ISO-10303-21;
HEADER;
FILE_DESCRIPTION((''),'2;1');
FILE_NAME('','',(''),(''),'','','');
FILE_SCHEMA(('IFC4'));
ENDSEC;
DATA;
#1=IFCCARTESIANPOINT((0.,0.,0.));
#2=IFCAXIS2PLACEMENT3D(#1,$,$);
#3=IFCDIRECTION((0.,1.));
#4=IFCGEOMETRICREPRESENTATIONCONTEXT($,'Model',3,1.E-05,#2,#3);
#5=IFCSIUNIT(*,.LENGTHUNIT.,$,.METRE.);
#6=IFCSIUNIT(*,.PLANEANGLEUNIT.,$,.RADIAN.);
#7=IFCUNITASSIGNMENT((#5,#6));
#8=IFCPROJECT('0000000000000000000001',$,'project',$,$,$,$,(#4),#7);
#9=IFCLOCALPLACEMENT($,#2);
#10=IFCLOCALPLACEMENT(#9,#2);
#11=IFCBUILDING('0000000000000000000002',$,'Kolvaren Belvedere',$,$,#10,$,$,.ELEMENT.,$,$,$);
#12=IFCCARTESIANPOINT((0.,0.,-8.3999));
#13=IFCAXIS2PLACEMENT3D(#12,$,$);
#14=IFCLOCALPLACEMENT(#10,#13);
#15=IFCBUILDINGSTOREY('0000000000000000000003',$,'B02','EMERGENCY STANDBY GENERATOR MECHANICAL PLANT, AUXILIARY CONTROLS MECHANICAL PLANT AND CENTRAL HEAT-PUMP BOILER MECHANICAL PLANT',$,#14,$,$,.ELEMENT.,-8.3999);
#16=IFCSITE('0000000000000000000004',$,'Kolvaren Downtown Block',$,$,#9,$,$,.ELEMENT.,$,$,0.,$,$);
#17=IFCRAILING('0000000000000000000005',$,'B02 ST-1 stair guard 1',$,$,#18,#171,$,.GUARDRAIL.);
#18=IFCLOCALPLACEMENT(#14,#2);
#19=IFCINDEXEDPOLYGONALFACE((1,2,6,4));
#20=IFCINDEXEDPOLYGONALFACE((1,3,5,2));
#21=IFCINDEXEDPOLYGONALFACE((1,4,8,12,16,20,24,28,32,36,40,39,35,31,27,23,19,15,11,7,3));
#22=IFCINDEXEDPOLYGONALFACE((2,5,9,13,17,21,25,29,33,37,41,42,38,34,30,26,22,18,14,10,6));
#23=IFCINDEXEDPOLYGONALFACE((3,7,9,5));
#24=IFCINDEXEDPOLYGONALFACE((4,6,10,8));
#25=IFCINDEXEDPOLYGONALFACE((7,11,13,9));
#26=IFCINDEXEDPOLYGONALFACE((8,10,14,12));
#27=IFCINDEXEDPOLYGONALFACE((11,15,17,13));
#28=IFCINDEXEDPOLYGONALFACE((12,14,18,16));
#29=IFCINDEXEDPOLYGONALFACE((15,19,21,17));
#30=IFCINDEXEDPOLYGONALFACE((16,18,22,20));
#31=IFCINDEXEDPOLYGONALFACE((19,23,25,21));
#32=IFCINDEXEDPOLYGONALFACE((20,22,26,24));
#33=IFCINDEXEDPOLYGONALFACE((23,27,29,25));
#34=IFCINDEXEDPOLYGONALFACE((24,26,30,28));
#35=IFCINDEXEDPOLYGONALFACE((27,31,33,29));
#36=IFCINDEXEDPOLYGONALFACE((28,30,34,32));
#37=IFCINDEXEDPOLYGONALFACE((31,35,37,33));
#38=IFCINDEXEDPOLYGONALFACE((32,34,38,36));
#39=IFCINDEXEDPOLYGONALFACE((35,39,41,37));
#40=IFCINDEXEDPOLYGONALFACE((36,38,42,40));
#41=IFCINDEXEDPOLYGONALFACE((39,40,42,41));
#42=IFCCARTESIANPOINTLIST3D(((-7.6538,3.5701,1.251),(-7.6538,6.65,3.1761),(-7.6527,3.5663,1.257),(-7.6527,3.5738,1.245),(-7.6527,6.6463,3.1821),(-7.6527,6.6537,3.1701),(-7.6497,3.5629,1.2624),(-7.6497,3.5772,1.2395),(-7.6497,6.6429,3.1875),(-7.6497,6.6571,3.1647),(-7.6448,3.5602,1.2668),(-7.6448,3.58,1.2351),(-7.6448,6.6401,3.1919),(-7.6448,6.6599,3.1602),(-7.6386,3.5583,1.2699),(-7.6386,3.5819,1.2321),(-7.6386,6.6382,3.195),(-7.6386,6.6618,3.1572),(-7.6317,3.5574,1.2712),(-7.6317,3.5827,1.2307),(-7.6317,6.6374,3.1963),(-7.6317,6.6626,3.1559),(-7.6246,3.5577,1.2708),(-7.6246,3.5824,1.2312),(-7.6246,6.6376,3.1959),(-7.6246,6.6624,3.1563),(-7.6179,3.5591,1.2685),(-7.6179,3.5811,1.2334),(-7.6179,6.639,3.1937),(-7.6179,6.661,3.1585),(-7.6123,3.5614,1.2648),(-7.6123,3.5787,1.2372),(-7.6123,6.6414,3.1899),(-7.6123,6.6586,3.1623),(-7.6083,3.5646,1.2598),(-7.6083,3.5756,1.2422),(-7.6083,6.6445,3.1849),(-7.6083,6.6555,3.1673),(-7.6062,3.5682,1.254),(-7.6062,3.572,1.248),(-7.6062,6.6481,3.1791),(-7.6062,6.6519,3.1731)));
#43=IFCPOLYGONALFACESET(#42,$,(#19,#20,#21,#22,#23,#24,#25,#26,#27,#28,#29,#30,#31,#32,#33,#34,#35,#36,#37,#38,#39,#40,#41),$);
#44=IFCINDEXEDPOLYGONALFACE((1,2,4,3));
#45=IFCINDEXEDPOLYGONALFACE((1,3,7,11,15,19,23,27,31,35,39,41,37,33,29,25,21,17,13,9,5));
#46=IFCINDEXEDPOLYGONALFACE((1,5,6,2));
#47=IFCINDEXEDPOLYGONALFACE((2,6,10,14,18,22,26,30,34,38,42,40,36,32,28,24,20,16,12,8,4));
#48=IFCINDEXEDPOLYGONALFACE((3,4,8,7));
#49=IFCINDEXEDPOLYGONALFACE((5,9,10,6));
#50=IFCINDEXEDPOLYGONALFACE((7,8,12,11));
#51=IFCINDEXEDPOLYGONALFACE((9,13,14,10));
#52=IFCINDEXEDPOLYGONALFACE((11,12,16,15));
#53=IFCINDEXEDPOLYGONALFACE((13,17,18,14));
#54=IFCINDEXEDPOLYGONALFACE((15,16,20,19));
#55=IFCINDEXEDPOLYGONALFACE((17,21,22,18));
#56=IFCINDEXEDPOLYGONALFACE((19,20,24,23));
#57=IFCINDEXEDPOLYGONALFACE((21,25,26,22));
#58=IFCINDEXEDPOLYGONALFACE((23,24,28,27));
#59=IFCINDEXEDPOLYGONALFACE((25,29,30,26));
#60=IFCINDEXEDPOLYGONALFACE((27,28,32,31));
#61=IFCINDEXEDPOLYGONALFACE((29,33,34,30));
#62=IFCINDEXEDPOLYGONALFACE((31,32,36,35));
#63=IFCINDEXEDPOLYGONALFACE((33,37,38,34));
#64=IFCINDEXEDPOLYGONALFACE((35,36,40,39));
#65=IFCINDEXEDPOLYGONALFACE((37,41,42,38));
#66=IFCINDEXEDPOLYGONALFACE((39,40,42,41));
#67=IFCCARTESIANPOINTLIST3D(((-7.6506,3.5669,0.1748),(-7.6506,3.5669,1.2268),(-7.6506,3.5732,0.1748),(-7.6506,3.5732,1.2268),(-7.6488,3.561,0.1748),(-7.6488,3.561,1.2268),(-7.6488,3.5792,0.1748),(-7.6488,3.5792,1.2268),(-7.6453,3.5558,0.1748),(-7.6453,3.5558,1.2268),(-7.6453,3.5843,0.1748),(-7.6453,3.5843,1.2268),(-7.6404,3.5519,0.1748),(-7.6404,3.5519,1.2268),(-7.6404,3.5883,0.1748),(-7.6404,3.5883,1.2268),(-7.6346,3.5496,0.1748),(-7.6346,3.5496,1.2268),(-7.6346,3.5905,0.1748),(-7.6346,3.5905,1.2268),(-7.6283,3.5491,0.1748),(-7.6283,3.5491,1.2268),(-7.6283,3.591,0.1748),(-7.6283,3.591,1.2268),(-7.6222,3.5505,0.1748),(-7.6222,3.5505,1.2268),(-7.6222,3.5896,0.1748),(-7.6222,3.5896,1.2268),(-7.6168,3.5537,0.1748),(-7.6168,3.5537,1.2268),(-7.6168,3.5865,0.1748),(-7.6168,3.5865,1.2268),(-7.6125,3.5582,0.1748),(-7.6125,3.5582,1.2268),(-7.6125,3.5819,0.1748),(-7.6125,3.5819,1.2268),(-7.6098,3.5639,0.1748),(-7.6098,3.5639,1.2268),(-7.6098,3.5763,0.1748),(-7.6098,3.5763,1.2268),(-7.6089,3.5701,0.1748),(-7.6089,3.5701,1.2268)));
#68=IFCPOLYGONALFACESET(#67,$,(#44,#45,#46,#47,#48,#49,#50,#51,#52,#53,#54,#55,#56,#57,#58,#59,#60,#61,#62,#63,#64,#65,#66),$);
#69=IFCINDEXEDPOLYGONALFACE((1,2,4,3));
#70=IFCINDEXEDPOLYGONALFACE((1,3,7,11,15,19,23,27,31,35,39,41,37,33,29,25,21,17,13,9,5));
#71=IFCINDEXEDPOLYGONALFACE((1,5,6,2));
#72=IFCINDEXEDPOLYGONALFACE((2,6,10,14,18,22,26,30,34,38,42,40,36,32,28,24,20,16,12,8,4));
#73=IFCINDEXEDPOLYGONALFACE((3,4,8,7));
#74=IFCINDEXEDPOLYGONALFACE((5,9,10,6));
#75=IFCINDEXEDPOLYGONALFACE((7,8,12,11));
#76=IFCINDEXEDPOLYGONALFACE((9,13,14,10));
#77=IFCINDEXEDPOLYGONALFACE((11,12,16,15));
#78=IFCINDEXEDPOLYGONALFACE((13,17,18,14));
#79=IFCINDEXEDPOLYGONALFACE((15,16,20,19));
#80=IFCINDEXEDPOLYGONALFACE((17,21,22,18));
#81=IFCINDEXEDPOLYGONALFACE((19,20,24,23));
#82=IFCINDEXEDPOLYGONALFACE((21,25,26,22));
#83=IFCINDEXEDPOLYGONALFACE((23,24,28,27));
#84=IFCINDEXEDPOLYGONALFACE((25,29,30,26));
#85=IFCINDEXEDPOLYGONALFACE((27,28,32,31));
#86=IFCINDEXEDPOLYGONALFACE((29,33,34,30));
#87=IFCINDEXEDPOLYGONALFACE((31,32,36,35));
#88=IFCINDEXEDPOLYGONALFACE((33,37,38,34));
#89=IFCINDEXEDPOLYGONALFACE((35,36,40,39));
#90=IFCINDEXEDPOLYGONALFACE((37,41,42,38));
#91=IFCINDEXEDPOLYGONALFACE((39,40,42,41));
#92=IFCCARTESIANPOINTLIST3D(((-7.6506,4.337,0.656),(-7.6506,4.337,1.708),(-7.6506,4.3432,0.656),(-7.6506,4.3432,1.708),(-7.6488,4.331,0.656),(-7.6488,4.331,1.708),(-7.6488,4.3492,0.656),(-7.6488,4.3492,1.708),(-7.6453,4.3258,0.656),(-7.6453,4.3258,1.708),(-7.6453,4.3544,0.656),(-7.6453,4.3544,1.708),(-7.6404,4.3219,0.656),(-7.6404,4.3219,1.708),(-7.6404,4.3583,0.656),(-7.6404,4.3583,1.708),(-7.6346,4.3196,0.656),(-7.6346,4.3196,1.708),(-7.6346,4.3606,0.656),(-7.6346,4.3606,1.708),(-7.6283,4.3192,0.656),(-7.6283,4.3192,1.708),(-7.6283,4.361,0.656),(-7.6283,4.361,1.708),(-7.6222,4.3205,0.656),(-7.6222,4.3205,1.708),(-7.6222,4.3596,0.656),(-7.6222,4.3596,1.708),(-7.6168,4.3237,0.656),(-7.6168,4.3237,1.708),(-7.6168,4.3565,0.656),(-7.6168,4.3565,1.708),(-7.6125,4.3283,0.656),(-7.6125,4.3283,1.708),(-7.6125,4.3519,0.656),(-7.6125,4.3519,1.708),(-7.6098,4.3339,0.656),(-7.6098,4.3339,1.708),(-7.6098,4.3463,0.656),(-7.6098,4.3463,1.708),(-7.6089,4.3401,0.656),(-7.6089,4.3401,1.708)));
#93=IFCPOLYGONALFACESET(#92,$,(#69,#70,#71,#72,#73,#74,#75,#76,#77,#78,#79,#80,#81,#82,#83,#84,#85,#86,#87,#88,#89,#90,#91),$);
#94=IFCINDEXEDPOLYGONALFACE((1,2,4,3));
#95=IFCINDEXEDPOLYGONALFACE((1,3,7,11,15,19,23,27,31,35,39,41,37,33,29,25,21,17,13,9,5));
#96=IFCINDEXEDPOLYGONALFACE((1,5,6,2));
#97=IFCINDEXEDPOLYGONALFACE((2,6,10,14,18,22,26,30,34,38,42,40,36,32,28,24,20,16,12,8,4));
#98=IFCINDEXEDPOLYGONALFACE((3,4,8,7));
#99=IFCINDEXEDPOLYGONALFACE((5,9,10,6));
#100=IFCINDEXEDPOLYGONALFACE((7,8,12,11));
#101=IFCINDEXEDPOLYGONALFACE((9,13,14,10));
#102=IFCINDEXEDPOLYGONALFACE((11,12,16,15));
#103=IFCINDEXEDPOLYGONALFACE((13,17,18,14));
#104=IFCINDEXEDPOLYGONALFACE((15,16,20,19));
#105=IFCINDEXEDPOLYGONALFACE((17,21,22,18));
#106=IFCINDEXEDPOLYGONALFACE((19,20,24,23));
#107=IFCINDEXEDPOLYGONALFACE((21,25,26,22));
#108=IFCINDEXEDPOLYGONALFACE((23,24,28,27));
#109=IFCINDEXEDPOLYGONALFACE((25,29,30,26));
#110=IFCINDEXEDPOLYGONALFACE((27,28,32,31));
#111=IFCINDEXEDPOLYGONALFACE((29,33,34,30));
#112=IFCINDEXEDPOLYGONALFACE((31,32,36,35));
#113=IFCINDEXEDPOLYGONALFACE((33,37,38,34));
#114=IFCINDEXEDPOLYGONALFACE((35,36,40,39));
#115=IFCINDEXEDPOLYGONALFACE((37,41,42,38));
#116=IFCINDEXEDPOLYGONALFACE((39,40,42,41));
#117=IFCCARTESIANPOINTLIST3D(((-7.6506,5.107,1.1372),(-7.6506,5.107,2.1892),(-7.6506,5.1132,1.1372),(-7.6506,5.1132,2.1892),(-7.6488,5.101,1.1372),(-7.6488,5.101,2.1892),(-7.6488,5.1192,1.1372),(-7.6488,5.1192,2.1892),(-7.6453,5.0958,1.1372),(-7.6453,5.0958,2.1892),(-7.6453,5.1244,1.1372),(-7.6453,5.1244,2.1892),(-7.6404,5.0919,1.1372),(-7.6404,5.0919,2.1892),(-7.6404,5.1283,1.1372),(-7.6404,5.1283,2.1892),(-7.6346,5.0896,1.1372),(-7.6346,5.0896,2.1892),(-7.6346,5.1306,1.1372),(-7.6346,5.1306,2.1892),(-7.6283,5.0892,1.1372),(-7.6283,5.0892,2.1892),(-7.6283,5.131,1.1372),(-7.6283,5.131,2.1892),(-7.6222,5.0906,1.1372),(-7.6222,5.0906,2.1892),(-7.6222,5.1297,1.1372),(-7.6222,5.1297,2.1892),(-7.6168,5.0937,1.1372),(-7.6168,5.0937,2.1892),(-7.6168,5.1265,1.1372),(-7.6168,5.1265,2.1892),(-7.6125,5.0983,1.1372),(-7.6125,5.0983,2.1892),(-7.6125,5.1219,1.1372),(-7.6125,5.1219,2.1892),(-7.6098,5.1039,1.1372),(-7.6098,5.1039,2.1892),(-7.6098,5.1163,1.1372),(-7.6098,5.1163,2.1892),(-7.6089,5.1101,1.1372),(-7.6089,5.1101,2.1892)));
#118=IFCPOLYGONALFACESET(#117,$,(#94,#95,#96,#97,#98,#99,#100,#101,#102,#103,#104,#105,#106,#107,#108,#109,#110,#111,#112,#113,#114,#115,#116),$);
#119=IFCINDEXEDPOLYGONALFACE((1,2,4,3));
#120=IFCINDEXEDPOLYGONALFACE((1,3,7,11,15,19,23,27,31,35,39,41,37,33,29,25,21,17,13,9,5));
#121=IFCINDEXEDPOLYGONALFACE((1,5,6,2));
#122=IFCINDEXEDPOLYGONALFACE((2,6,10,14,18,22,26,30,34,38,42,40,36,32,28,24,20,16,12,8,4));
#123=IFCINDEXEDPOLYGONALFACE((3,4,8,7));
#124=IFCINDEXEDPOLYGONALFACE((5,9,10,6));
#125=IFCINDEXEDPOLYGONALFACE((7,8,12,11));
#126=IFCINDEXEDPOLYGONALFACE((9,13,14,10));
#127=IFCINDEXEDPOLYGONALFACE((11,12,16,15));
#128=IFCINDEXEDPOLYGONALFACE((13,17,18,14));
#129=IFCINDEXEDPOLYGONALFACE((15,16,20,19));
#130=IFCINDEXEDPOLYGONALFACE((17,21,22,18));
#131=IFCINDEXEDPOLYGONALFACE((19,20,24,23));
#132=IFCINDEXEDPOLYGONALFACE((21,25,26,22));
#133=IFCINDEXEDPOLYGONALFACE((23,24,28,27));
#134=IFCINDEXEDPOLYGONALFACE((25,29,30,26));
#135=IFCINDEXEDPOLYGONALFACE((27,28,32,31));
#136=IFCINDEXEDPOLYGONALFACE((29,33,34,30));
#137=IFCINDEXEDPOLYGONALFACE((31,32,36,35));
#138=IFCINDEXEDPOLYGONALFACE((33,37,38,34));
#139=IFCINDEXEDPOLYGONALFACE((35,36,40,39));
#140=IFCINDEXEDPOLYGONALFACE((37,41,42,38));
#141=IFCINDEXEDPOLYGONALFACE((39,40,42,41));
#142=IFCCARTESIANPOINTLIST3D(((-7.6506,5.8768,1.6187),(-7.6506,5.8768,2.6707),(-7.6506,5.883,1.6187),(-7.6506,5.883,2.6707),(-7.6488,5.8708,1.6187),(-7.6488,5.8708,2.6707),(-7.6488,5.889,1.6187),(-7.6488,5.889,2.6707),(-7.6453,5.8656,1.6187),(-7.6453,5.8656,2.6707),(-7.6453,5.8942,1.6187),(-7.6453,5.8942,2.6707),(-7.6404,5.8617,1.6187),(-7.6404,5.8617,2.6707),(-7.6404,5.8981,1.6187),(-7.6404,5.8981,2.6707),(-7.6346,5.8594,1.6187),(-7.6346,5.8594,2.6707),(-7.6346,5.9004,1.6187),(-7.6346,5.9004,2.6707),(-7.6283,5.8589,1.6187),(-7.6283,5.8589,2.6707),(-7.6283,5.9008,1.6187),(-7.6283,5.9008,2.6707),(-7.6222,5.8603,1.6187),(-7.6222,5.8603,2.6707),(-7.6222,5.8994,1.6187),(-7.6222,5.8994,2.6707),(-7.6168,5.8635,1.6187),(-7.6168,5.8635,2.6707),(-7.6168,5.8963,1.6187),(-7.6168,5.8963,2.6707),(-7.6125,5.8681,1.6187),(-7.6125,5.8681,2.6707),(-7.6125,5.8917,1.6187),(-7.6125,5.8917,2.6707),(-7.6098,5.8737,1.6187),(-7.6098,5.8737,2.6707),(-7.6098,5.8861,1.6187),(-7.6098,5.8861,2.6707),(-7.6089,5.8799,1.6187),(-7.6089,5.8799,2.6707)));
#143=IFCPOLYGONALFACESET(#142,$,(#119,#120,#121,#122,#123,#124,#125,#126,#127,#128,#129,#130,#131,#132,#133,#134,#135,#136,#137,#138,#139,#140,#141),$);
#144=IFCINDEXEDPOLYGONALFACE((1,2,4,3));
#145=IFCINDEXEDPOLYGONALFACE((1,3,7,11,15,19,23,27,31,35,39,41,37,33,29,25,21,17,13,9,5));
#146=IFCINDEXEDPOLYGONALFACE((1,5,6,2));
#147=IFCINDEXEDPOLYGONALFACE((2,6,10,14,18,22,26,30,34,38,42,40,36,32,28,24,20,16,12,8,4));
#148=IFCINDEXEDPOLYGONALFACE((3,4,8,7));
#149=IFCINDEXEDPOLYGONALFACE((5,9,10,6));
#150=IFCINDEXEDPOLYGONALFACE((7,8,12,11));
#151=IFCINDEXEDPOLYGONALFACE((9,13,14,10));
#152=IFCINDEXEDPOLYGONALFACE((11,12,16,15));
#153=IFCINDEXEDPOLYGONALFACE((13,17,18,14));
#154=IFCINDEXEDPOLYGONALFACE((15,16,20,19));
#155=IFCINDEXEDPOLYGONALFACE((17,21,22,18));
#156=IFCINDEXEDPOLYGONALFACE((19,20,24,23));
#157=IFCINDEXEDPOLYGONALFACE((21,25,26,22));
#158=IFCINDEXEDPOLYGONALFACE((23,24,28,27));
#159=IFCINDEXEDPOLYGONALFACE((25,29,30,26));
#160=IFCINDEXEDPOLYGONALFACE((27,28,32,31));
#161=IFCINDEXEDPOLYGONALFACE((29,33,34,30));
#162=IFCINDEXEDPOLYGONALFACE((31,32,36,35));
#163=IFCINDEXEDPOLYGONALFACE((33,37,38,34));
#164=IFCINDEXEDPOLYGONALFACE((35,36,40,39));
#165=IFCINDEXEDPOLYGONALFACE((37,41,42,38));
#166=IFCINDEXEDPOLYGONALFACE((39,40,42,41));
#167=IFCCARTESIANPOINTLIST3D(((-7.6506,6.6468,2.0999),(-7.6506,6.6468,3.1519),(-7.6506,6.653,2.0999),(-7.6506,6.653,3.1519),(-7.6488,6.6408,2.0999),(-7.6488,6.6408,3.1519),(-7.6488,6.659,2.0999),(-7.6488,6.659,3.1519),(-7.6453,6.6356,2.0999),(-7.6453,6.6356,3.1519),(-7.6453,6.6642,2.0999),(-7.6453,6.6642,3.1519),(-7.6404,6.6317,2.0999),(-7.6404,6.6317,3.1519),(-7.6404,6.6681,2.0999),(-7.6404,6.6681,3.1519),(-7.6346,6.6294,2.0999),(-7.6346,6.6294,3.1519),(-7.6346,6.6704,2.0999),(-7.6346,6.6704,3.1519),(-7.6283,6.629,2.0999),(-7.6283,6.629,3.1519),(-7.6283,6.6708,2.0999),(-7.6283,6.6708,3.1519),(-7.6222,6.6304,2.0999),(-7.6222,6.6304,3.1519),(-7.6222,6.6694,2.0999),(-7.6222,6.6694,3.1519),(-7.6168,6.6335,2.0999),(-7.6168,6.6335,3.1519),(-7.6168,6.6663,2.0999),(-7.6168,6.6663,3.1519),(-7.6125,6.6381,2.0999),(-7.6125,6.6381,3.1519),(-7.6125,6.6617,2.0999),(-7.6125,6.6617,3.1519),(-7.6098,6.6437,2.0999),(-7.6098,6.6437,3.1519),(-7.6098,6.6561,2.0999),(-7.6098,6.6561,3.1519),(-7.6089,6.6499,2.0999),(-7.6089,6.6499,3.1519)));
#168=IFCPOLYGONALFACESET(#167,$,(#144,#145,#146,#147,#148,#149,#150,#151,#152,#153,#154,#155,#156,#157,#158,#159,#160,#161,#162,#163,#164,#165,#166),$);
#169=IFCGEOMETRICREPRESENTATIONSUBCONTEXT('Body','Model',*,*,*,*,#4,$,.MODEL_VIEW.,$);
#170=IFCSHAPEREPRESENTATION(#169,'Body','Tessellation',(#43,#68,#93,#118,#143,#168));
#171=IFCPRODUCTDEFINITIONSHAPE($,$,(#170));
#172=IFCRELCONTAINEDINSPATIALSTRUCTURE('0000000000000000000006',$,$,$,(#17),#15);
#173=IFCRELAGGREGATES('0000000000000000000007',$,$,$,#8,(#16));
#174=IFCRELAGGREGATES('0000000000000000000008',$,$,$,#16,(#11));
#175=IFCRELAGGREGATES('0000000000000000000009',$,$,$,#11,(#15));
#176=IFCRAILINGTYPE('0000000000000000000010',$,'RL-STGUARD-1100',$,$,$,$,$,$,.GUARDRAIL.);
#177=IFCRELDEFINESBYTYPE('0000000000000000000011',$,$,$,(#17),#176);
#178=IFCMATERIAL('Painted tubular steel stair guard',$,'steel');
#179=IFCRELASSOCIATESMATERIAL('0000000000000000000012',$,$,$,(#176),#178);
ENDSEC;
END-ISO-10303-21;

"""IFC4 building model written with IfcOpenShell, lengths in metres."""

from ifc_helpers import new_model, si_unit, direction, frame, origin, origin_2d, place, context, subcontext, project, spatial, circle, extrude, material, type_object, element, save


model = new_model("IFC4")

# Units and contexts
model_context = context("Model", 3, precision=1e-05, world=origin(), true_north=direction((0.0, 1.0)))
body_context = subcontext(model_context, "Body", "Model", "MODEL_VIEW")
ifc_project = project(units=[si_unit("LENGTHUNIT", "METRE"), si_unit("PLANEANGLEUNIT", "RADIAN")], contexts=[model_context])

# Site, building, storey
site_placement = place(None, origin())
site = spatial("IfcSite", under=ifc_project, at=site_placement, Name="Kolvaren Downtown Block", CompositionType="ELEMENT", RefElevation=0.0)
building_placement = place(site_placement, origin())
building = spatial("IfcBuilding", under=site, at=building_placement, Name="Kolvaren Belvedere", CompositionType="ELEMENT")
storey_placement = place(building_placement, frame((0.0, 0.0, -8.3999)))
storey = spatial("IfcBuildingStorey", under=building, at=storey_placement, Name="B02", Description="EMERGENCY STANDBY GENERATOR MECHANICAL PLANT, AUXILIARY CONTROLS MECHANICAL PLANT AND CENTRAL HEAT-PUMP BOILER MECHANICAL PLANT", CompositionType="ELEMENT", Elevation=-8.3999)

# Railing
ifc_material_1 = material(Name="Painted tubular steel stair guard", Category="steel")
railing_type_1 = type_object("IfcRailingType", Name="RL-STGUARD-1100", PredefinedType="GUARDRAIL", material=ifc_material_1)
railing_1_placement = place(storey_placement, frame((-7.6299, 3.5701, 0.1748)))
element("IfcRailing", 1, at=railing_1_placement, inside=storey, type_object=railing_type_1, Name="B02 ST-1 stair guard 1", PredefinedType="GUARDRAIL", context=body_context, shape_type="SweptSolid", body=[
    extrude(circle(Radius=0.0239, at=origin_2d()), frame((0.0, 0.0, 1.0762), z_axis=(0.0, 0.847979, 0.530029), x_axis=(-1.0, 0.0, 0.0)), (0.0, 0.0, 1.0), 3.6321),
    extrude(circle(Radius=0.021, at=origin_2d()), origin(), (0.0, 0.0, 1.0), 1.052),
    extrude(circle(Radius=0.021, at=origin_2d()), frame((0.0, 0.77, 0.4812)), (0.0, 0.0, 1.0), 1.052),
    extrude(circle(Radius=0.021, at=origin_2d()), frame((0.0, 1.54, 0.9624)), (0.0, 0.0, 1.0), 1.052),
    extrude(circle(Radius=0.021, at=origin_2d()), frame((0.0, 2.3098, 1.4438)), (0.0, 0.0, 1.0), 1.052),
    extrude(circle(Radius=0.021, at=origin_2d()), frame((0.0, 3.0798, 1.925)), (0.0, 0.0, 1.0), 1.052),
])

save(model, "model.ifc")
